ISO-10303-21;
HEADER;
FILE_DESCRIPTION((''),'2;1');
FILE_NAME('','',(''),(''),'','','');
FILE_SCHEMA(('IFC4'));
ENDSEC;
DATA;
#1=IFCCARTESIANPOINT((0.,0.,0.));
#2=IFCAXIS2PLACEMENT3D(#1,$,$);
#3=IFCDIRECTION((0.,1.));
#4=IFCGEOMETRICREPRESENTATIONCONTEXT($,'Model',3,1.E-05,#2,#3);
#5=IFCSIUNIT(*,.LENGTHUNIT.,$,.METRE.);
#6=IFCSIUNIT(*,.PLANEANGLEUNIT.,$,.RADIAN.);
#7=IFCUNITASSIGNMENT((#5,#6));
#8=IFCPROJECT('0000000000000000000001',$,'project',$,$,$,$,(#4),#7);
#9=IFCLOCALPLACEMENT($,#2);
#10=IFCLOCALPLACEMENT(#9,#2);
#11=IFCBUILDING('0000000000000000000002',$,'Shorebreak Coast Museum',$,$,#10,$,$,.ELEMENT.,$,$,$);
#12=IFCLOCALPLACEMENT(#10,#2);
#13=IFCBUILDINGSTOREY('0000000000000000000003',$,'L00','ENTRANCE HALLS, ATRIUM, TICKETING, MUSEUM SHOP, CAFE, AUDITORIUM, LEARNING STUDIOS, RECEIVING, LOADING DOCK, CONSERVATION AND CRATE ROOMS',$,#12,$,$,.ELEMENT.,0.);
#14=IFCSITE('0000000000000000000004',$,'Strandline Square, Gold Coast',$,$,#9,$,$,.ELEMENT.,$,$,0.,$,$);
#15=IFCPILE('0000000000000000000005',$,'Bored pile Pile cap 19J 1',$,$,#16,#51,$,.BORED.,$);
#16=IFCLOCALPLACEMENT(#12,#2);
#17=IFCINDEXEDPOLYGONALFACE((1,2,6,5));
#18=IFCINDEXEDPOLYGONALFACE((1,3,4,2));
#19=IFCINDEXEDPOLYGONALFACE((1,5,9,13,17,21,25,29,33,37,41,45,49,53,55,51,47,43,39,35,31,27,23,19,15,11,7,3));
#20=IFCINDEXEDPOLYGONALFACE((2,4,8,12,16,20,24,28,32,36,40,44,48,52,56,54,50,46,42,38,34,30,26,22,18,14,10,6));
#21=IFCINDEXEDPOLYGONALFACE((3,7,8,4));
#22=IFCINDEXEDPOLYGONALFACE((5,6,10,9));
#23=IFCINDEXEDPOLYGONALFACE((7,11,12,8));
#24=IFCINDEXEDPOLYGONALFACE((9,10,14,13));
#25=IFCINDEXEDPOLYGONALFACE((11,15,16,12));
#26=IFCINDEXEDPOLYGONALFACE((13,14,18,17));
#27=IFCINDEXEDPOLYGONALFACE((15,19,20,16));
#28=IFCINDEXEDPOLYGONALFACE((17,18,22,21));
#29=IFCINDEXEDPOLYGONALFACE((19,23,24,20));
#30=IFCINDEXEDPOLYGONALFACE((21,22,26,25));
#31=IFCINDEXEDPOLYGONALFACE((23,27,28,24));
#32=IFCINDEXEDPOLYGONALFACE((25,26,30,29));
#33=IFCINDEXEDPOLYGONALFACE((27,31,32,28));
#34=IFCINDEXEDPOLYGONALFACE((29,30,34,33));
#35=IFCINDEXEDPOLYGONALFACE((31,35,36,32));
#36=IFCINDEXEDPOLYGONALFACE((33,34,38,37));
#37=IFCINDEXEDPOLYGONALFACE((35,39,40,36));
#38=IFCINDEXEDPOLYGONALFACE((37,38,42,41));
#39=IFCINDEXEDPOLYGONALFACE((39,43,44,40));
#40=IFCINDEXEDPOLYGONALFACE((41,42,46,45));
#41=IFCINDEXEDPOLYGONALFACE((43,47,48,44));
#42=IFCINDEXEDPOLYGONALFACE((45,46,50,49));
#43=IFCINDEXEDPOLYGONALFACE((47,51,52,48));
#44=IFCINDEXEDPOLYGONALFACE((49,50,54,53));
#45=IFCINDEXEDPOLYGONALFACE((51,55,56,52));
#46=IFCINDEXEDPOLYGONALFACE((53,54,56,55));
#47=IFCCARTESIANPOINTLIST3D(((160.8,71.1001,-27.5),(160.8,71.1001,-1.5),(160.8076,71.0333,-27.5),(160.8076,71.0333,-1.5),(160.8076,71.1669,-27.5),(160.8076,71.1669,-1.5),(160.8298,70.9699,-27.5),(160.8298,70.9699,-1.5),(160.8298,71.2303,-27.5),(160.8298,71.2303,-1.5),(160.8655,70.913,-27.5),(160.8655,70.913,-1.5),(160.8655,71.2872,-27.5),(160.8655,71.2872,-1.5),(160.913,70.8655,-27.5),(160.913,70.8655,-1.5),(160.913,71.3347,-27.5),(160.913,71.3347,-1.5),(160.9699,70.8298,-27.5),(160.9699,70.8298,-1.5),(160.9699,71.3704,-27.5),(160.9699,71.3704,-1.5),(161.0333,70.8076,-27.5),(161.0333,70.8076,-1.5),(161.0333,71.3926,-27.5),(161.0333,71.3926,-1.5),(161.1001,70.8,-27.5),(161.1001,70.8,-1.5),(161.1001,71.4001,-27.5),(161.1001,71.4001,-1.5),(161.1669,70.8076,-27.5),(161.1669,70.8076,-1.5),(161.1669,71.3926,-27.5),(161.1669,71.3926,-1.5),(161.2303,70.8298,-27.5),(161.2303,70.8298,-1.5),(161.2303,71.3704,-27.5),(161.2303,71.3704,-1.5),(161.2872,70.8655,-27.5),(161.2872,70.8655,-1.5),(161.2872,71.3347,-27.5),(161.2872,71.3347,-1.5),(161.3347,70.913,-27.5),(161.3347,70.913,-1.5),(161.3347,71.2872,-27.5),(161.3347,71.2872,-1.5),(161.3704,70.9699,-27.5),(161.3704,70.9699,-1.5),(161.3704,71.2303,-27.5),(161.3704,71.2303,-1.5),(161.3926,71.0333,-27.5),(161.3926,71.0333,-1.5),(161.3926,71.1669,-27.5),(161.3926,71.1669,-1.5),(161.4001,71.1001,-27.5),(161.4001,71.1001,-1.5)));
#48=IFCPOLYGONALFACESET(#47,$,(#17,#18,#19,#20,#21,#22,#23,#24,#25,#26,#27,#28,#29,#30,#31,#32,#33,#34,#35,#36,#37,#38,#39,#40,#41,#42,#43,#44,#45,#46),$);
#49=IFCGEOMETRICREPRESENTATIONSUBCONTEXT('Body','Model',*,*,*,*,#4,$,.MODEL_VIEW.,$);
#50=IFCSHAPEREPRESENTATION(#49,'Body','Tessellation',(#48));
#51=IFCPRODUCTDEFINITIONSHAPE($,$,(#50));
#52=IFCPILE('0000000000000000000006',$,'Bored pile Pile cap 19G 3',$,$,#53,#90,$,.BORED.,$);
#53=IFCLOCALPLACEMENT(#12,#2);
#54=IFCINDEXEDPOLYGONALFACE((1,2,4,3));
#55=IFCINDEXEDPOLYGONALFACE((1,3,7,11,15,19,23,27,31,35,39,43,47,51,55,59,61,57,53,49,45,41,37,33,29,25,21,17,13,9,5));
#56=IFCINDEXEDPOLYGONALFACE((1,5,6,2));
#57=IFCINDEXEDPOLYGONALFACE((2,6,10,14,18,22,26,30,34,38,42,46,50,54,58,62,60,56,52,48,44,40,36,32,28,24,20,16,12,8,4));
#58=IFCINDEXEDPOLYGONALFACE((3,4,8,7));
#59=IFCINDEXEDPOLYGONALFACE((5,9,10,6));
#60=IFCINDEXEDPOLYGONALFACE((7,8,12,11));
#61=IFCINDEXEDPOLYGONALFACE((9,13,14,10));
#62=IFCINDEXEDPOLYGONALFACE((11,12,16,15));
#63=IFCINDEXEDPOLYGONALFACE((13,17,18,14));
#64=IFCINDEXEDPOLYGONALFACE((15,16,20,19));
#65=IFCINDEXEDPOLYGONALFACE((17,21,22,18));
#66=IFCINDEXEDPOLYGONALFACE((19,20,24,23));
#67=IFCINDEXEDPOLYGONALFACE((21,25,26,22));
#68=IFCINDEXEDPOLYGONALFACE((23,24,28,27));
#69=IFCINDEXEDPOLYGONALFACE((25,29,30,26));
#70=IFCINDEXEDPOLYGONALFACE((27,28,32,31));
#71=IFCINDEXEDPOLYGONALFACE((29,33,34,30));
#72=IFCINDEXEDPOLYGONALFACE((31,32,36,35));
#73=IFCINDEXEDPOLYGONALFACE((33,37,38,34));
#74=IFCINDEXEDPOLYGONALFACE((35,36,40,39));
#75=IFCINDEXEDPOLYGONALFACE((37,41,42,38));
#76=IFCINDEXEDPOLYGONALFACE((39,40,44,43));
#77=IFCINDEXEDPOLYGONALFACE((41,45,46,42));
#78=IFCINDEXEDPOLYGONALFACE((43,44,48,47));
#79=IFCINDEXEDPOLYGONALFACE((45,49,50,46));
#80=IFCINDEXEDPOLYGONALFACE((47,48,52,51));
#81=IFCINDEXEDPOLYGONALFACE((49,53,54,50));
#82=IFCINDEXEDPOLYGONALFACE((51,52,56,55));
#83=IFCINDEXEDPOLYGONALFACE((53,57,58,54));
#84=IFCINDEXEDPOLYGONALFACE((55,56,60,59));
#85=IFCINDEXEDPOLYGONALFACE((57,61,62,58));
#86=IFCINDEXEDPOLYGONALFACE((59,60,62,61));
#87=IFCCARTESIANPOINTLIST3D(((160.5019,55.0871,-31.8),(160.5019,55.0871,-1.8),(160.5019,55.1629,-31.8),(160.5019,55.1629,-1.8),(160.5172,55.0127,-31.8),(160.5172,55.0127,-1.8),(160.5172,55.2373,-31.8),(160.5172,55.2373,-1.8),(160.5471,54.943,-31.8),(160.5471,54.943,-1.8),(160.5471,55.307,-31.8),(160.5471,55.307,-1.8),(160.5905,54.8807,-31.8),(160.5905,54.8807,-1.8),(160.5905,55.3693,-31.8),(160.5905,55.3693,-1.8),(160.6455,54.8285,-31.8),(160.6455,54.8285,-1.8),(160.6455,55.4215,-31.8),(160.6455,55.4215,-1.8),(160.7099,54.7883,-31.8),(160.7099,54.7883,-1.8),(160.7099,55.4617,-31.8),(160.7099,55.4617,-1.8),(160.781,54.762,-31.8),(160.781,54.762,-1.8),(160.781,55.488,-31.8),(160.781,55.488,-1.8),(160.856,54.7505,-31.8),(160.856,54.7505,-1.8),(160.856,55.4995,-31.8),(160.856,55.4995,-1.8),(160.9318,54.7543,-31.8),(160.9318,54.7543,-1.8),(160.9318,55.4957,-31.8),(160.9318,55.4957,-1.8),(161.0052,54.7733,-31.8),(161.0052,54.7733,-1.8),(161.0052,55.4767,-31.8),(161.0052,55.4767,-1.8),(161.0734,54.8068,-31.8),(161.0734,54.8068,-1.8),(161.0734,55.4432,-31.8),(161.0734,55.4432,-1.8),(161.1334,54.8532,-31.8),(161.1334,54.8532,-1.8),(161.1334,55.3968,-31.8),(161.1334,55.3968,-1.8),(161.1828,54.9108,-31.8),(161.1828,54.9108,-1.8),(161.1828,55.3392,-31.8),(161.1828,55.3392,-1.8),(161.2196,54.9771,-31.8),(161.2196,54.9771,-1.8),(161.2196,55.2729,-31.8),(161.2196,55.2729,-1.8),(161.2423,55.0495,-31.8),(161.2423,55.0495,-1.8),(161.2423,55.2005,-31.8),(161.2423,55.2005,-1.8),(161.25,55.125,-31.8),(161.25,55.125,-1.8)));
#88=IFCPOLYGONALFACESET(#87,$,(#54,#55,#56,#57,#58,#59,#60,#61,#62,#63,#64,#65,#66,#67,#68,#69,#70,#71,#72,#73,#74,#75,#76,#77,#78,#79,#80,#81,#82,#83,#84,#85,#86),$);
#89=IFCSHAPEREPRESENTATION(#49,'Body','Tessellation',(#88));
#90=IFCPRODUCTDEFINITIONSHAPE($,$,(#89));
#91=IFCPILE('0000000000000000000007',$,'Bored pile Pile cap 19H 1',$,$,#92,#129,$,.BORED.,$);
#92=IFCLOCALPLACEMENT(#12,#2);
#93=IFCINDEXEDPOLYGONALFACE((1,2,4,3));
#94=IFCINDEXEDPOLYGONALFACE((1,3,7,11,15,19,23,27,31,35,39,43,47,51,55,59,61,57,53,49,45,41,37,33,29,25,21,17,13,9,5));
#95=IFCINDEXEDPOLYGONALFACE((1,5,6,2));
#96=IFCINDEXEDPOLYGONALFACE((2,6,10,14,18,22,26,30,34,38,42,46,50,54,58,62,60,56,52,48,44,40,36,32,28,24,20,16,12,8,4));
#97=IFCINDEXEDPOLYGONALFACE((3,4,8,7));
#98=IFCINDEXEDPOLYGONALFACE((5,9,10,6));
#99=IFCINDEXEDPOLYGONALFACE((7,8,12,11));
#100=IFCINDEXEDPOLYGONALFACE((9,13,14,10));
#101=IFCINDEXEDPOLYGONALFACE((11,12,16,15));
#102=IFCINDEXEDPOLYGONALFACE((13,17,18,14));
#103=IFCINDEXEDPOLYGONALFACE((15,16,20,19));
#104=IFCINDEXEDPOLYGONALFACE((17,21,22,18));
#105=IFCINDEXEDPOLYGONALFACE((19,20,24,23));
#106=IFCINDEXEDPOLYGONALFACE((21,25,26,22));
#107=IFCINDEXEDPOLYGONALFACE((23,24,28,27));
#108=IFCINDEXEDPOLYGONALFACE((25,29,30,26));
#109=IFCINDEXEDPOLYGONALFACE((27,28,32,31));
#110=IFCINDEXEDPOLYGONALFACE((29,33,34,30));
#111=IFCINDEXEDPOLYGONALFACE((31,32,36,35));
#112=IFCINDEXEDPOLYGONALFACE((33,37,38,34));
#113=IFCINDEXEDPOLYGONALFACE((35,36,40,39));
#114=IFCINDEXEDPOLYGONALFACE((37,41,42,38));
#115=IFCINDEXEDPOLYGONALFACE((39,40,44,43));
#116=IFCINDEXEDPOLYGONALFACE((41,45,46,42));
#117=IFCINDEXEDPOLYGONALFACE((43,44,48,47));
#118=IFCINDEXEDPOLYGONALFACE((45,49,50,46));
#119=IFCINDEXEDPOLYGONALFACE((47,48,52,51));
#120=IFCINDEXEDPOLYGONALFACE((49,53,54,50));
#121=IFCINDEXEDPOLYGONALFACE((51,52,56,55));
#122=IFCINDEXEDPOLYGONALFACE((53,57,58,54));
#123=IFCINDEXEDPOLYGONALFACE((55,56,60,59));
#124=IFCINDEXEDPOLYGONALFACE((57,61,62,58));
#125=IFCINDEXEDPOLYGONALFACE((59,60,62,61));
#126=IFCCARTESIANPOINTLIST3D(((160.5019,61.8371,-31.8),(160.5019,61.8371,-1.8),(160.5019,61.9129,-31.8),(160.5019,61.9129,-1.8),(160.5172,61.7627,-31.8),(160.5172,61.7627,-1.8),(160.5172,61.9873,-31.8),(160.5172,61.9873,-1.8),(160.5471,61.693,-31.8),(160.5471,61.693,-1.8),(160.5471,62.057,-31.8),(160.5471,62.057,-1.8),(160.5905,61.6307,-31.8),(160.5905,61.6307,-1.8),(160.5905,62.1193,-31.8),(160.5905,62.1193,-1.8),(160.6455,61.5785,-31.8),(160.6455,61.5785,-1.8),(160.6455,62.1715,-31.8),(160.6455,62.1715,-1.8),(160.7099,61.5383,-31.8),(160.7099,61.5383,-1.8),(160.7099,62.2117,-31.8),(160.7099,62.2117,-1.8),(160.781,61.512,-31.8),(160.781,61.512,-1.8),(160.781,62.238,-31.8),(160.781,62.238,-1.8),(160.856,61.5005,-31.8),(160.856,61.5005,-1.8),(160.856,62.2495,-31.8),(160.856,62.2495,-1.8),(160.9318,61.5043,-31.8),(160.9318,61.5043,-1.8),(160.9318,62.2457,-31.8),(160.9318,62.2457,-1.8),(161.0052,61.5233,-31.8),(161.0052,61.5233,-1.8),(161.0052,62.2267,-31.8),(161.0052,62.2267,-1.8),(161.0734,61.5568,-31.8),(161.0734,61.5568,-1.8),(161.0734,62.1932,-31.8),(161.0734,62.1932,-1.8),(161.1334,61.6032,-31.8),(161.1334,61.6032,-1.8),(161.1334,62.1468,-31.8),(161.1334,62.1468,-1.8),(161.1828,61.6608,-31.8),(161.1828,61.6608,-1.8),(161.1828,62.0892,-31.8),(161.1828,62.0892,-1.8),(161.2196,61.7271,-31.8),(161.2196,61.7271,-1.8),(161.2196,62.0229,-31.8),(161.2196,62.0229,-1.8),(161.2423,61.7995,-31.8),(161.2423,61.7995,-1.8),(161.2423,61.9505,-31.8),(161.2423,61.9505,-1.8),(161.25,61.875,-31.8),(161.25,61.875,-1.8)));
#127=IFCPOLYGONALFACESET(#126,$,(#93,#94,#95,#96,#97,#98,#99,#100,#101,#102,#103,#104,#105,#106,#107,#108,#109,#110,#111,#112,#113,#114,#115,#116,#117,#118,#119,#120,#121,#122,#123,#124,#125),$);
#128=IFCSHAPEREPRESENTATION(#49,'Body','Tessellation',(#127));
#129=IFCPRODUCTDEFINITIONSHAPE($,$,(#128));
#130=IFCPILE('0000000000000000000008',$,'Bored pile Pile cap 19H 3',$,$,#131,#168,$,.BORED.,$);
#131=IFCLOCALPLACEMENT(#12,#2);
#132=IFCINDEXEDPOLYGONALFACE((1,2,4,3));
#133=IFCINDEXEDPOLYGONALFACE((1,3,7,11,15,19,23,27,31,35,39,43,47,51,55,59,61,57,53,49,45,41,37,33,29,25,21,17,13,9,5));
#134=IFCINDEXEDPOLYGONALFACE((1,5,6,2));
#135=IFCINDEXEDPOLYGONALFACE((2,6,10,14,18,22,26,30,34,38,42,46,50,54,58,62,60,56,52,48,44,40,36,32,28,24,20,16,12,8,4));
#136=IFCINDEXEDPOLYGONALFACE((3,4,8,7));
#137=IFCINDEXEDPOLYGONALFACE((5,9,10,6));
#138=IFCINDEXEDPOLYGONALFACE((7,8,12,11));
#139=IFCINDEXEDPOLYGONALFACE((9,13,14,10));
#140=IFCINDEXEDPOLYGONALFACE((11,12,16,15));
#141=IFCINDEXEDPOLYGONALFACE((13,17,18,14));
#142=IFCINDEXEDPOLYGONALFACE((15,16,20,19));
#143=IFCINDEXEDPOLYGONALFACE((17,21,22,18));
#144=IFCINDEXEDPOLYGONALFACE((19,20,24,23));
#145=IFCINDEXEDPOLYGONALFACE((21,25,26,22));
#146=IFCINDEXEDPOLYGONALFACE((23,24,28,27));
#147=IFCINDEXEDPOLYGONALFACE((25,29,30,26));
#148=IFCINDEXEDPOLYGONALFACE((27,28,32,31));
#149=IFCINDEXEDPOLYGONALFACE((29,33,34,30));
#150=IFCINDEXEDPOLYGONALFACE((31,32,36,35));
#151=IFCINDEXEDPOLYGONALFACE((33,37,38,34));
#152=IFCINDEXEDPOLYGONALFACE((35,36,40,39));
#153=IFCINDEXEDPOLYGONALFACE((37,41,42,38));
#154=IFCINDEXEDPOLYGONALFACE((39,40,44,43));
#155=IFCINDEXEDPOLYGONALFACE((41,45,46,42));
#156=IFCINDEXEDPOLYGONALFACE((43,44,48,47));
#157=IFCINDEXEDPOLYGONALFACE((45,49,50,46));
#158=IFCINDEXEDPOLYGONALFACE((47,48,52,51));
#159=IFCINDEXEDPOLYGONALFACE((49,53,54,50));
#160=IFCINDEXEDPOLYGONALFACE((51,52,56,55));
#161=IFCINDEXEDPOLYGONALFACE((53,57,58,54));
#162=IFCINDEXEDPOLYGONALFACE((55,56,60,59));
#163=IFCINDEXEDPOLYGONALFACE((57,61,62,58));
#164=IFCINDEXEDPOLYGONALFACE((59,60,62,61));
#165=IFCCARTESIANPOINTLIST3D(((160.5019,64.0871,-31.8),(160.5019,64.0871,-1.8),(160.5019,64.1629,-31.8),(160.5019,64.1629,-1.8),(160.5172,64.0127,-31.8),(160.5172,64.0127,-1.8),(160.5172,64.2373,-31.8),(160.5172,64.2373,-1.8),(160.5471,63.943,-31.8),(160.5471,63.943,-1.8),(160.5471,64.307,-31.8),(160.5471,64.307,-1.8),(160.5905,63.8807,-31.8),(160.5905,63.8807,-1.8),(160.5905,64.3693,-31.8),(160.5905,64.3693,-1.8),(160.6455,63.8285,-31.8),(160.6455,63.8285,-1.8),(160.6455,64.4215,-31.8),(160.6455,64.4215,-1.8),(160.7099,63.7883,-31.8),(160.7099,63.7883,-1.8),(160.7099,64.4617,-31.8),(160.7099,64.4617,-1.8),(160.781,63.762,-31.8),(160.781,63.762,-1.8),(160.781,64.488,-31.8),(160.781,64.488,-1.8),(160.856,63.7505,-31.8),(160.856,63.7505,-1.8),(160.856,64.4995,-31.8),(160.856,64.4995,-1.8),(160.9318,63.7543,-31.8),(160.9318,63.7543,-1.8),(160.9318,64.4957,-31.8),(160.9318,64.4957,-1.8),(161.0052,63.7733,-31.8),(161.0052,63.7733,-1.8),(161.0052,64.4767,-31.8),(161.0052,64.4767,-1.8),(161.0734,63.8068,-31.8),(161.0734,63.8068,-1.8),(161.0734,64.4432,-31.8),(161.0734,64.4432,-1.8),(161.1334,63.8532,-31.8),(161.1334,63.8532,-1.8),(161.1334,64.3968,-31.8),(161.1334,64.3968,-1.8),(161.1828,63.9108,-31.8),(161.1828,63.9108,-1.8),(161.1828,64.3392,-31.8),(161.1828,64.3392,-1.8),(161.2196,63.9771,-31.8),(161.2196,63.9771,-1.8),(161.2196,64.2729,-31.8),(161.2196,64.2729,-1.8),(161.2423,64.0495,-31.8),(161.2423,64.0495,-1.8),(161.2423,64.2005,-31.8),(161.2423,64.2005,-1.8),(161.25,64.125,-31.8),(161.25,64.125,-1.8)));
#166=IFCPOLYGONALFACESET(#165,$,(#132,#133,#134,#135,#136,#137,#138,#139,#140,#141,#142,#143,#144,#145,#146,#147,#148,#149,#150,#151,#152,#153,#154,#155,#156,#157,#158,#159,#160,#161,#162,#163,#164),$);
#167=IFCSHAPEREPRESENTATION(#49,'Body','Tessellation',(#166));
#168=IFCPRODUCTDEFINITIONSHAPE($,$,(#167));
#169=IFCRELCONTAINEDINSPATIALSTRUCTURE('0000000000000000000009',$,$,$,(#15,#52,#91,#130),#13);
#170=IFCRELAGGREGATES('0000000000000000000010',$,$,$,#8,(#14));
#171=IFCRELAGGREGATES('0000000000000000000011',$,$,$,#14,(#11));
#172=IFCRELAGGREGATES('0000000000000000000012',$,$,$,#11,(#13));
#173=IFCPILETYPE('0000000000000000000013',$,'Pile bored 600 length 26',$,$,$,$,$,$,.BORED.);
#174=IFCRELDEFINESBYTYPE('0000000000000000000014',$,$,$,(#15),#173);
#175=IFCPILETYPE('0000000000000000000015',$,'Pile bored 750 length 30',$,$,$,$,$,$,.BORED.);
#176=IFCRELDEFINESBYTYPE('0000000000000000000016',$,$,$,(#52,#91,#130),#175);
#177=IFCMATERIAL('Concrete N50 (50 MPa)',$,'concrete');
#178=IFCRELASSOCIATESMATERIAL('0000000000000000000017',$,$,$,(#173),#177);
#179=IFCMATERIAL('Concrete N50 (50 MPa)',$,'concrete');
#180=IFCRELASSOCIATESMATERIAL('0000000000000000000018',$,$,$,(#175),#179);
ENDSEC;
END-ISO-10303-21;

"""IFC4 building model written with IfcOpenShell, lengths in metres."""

from ifc_helpers import new_model, si_unit, direction, frame, origin, origin_2d, place, context, subcontext, project, spatial, circle, extrude, material, material_profile, profile_set, type_object, element, save


model = new_model("IFC4")

# Units and contexts
model_context = context("Model", 3, precision=1e-05, world=origin(), true_north=direction((0.0, 1.0)))
body_context = subcontext(model_context, "Body", "Model", "MODEL_VIEW")
ifc_project = project(units=[si_unit("LENGTHUNIT", "METRE"), si_unit("PLANEANGLEUNIT", "RADIAN")], contexts=[model_context])

# Site, building, storey
site_placement = place(None, origin())
site = spatial("IfcSite", under=ifc_project, at=site_placement, Name="Strandline Square, Gold Coast", CompositionType="ELEMENT", RefElevation=0.0)
building_placement = place(site_placement, origin())
building = spatial("IfcBuilding", under=site, at=building_placement, Name="Shorebreak Coast Museum", CompositionType="ELEMENT")
storey_placement = place(building_placement, origin())
storey = spatial("IfcBuildingStorey", under=building, at=storey_placement, Name="L00", Description="ENTRANCE HALLS, ATRIUM, TICKETING, MUSEUM SHOP, CAFE, AUDITORIUM, LEARNING STUDIOS, RECEIVING, LOADING DOCK, CONSERVATION AND CRATE ROOMS", CompositionType="ELEMENT", Elevation=0.0)

# Piles
ifc_material_1 = material(Name="Concrete N50 (50 MPa)", Category="concrete")
ifc_material_profile_1 = material_profile(ifc_material_1, circle(Radius=0.3, at=origin_2d()), Name="Pile bored 600 length 26")
ifc_profile_set_1 = profile_set([ifc_material_profile_1], Name="Concrete N50 (50 MPa)")
pile_type_1 = type_object("IfcPileType", Name="Pile bored 600 length 26", PredefinedType="BORED", material=ifc_profile_set_1)
for number, where, z_axis, x_axis, name in (
    (1, (161.1001, 71.1001, -1.5), (0.0, 0.0, -1.0), (1.0, 0.0, 0.0), "Bored pile Pile cap 19J 1"),
):
    element("IfcPile", number, at=place(storey_placement, frame(where, z_axis=z_axis, x_axis=x_axis)), inside=storey, type_object=pile_type_1, Name=name, PredefinedType="BORED", context=body_context, shape_type="SweptSolid", body=[
        extrude(circle(Radius=0.3, at=origin_2d()), origin(), (0.0, 0.0, 1.0), 26.0),
    ])
ifc_material_2 = material(Name="Concrete N50 (50 MPa)", Category="concrete")
ifc_material_profile_2 = material_profile(ifc_material_2, circle(Radius=0.375, at=origin_2d()), Name="Pile bored 750 length 30")
ifc_profile_set_2 = profile_set([ifc_material_profile_2], Name="Concrete N50 (50 MPa)")
pile_type_2 = type_object("IfcPileType", Name="Pile bored 750 length 30", PredefinedType="BORED", material=ifc_profile_set_2)
for number, where, z_axis, x_axis, name in (
    (2, (160.875, 55.125, -1.8), (0.0, 0.0, -1.0), (1.0, 0.0, 0.0), "Bored pile Pile cap 19G 3"),
    (3, (160.875, 61.875, -1.8), (0.0, 0.0, -1.0), (1.0, 0.0, 0.0), "Bored pile Pile cap 19H 1"),
    (4, (160.875, 64.125, -1.8), (0.0, 0.0, -1.0), (1.0, 0.0, 0.0), "Bored pile Pile cap 19H 3"),
):
    element("IfcPile", number, at=place(storey_placement, frame(where, z_axis=z_axis, x_axis=x_axis)), inside=storey, type_object=pile_type_2, Name=name, PredefinedType="BORED", context=body_context, shape_type="SweptSolid", body=[
        extrude(circle(Radius=0.375, at=origin_2d()), origin(), (0.0, 0.0, 1.0), 30.0),
    ])

save(model, "model.ifc")
